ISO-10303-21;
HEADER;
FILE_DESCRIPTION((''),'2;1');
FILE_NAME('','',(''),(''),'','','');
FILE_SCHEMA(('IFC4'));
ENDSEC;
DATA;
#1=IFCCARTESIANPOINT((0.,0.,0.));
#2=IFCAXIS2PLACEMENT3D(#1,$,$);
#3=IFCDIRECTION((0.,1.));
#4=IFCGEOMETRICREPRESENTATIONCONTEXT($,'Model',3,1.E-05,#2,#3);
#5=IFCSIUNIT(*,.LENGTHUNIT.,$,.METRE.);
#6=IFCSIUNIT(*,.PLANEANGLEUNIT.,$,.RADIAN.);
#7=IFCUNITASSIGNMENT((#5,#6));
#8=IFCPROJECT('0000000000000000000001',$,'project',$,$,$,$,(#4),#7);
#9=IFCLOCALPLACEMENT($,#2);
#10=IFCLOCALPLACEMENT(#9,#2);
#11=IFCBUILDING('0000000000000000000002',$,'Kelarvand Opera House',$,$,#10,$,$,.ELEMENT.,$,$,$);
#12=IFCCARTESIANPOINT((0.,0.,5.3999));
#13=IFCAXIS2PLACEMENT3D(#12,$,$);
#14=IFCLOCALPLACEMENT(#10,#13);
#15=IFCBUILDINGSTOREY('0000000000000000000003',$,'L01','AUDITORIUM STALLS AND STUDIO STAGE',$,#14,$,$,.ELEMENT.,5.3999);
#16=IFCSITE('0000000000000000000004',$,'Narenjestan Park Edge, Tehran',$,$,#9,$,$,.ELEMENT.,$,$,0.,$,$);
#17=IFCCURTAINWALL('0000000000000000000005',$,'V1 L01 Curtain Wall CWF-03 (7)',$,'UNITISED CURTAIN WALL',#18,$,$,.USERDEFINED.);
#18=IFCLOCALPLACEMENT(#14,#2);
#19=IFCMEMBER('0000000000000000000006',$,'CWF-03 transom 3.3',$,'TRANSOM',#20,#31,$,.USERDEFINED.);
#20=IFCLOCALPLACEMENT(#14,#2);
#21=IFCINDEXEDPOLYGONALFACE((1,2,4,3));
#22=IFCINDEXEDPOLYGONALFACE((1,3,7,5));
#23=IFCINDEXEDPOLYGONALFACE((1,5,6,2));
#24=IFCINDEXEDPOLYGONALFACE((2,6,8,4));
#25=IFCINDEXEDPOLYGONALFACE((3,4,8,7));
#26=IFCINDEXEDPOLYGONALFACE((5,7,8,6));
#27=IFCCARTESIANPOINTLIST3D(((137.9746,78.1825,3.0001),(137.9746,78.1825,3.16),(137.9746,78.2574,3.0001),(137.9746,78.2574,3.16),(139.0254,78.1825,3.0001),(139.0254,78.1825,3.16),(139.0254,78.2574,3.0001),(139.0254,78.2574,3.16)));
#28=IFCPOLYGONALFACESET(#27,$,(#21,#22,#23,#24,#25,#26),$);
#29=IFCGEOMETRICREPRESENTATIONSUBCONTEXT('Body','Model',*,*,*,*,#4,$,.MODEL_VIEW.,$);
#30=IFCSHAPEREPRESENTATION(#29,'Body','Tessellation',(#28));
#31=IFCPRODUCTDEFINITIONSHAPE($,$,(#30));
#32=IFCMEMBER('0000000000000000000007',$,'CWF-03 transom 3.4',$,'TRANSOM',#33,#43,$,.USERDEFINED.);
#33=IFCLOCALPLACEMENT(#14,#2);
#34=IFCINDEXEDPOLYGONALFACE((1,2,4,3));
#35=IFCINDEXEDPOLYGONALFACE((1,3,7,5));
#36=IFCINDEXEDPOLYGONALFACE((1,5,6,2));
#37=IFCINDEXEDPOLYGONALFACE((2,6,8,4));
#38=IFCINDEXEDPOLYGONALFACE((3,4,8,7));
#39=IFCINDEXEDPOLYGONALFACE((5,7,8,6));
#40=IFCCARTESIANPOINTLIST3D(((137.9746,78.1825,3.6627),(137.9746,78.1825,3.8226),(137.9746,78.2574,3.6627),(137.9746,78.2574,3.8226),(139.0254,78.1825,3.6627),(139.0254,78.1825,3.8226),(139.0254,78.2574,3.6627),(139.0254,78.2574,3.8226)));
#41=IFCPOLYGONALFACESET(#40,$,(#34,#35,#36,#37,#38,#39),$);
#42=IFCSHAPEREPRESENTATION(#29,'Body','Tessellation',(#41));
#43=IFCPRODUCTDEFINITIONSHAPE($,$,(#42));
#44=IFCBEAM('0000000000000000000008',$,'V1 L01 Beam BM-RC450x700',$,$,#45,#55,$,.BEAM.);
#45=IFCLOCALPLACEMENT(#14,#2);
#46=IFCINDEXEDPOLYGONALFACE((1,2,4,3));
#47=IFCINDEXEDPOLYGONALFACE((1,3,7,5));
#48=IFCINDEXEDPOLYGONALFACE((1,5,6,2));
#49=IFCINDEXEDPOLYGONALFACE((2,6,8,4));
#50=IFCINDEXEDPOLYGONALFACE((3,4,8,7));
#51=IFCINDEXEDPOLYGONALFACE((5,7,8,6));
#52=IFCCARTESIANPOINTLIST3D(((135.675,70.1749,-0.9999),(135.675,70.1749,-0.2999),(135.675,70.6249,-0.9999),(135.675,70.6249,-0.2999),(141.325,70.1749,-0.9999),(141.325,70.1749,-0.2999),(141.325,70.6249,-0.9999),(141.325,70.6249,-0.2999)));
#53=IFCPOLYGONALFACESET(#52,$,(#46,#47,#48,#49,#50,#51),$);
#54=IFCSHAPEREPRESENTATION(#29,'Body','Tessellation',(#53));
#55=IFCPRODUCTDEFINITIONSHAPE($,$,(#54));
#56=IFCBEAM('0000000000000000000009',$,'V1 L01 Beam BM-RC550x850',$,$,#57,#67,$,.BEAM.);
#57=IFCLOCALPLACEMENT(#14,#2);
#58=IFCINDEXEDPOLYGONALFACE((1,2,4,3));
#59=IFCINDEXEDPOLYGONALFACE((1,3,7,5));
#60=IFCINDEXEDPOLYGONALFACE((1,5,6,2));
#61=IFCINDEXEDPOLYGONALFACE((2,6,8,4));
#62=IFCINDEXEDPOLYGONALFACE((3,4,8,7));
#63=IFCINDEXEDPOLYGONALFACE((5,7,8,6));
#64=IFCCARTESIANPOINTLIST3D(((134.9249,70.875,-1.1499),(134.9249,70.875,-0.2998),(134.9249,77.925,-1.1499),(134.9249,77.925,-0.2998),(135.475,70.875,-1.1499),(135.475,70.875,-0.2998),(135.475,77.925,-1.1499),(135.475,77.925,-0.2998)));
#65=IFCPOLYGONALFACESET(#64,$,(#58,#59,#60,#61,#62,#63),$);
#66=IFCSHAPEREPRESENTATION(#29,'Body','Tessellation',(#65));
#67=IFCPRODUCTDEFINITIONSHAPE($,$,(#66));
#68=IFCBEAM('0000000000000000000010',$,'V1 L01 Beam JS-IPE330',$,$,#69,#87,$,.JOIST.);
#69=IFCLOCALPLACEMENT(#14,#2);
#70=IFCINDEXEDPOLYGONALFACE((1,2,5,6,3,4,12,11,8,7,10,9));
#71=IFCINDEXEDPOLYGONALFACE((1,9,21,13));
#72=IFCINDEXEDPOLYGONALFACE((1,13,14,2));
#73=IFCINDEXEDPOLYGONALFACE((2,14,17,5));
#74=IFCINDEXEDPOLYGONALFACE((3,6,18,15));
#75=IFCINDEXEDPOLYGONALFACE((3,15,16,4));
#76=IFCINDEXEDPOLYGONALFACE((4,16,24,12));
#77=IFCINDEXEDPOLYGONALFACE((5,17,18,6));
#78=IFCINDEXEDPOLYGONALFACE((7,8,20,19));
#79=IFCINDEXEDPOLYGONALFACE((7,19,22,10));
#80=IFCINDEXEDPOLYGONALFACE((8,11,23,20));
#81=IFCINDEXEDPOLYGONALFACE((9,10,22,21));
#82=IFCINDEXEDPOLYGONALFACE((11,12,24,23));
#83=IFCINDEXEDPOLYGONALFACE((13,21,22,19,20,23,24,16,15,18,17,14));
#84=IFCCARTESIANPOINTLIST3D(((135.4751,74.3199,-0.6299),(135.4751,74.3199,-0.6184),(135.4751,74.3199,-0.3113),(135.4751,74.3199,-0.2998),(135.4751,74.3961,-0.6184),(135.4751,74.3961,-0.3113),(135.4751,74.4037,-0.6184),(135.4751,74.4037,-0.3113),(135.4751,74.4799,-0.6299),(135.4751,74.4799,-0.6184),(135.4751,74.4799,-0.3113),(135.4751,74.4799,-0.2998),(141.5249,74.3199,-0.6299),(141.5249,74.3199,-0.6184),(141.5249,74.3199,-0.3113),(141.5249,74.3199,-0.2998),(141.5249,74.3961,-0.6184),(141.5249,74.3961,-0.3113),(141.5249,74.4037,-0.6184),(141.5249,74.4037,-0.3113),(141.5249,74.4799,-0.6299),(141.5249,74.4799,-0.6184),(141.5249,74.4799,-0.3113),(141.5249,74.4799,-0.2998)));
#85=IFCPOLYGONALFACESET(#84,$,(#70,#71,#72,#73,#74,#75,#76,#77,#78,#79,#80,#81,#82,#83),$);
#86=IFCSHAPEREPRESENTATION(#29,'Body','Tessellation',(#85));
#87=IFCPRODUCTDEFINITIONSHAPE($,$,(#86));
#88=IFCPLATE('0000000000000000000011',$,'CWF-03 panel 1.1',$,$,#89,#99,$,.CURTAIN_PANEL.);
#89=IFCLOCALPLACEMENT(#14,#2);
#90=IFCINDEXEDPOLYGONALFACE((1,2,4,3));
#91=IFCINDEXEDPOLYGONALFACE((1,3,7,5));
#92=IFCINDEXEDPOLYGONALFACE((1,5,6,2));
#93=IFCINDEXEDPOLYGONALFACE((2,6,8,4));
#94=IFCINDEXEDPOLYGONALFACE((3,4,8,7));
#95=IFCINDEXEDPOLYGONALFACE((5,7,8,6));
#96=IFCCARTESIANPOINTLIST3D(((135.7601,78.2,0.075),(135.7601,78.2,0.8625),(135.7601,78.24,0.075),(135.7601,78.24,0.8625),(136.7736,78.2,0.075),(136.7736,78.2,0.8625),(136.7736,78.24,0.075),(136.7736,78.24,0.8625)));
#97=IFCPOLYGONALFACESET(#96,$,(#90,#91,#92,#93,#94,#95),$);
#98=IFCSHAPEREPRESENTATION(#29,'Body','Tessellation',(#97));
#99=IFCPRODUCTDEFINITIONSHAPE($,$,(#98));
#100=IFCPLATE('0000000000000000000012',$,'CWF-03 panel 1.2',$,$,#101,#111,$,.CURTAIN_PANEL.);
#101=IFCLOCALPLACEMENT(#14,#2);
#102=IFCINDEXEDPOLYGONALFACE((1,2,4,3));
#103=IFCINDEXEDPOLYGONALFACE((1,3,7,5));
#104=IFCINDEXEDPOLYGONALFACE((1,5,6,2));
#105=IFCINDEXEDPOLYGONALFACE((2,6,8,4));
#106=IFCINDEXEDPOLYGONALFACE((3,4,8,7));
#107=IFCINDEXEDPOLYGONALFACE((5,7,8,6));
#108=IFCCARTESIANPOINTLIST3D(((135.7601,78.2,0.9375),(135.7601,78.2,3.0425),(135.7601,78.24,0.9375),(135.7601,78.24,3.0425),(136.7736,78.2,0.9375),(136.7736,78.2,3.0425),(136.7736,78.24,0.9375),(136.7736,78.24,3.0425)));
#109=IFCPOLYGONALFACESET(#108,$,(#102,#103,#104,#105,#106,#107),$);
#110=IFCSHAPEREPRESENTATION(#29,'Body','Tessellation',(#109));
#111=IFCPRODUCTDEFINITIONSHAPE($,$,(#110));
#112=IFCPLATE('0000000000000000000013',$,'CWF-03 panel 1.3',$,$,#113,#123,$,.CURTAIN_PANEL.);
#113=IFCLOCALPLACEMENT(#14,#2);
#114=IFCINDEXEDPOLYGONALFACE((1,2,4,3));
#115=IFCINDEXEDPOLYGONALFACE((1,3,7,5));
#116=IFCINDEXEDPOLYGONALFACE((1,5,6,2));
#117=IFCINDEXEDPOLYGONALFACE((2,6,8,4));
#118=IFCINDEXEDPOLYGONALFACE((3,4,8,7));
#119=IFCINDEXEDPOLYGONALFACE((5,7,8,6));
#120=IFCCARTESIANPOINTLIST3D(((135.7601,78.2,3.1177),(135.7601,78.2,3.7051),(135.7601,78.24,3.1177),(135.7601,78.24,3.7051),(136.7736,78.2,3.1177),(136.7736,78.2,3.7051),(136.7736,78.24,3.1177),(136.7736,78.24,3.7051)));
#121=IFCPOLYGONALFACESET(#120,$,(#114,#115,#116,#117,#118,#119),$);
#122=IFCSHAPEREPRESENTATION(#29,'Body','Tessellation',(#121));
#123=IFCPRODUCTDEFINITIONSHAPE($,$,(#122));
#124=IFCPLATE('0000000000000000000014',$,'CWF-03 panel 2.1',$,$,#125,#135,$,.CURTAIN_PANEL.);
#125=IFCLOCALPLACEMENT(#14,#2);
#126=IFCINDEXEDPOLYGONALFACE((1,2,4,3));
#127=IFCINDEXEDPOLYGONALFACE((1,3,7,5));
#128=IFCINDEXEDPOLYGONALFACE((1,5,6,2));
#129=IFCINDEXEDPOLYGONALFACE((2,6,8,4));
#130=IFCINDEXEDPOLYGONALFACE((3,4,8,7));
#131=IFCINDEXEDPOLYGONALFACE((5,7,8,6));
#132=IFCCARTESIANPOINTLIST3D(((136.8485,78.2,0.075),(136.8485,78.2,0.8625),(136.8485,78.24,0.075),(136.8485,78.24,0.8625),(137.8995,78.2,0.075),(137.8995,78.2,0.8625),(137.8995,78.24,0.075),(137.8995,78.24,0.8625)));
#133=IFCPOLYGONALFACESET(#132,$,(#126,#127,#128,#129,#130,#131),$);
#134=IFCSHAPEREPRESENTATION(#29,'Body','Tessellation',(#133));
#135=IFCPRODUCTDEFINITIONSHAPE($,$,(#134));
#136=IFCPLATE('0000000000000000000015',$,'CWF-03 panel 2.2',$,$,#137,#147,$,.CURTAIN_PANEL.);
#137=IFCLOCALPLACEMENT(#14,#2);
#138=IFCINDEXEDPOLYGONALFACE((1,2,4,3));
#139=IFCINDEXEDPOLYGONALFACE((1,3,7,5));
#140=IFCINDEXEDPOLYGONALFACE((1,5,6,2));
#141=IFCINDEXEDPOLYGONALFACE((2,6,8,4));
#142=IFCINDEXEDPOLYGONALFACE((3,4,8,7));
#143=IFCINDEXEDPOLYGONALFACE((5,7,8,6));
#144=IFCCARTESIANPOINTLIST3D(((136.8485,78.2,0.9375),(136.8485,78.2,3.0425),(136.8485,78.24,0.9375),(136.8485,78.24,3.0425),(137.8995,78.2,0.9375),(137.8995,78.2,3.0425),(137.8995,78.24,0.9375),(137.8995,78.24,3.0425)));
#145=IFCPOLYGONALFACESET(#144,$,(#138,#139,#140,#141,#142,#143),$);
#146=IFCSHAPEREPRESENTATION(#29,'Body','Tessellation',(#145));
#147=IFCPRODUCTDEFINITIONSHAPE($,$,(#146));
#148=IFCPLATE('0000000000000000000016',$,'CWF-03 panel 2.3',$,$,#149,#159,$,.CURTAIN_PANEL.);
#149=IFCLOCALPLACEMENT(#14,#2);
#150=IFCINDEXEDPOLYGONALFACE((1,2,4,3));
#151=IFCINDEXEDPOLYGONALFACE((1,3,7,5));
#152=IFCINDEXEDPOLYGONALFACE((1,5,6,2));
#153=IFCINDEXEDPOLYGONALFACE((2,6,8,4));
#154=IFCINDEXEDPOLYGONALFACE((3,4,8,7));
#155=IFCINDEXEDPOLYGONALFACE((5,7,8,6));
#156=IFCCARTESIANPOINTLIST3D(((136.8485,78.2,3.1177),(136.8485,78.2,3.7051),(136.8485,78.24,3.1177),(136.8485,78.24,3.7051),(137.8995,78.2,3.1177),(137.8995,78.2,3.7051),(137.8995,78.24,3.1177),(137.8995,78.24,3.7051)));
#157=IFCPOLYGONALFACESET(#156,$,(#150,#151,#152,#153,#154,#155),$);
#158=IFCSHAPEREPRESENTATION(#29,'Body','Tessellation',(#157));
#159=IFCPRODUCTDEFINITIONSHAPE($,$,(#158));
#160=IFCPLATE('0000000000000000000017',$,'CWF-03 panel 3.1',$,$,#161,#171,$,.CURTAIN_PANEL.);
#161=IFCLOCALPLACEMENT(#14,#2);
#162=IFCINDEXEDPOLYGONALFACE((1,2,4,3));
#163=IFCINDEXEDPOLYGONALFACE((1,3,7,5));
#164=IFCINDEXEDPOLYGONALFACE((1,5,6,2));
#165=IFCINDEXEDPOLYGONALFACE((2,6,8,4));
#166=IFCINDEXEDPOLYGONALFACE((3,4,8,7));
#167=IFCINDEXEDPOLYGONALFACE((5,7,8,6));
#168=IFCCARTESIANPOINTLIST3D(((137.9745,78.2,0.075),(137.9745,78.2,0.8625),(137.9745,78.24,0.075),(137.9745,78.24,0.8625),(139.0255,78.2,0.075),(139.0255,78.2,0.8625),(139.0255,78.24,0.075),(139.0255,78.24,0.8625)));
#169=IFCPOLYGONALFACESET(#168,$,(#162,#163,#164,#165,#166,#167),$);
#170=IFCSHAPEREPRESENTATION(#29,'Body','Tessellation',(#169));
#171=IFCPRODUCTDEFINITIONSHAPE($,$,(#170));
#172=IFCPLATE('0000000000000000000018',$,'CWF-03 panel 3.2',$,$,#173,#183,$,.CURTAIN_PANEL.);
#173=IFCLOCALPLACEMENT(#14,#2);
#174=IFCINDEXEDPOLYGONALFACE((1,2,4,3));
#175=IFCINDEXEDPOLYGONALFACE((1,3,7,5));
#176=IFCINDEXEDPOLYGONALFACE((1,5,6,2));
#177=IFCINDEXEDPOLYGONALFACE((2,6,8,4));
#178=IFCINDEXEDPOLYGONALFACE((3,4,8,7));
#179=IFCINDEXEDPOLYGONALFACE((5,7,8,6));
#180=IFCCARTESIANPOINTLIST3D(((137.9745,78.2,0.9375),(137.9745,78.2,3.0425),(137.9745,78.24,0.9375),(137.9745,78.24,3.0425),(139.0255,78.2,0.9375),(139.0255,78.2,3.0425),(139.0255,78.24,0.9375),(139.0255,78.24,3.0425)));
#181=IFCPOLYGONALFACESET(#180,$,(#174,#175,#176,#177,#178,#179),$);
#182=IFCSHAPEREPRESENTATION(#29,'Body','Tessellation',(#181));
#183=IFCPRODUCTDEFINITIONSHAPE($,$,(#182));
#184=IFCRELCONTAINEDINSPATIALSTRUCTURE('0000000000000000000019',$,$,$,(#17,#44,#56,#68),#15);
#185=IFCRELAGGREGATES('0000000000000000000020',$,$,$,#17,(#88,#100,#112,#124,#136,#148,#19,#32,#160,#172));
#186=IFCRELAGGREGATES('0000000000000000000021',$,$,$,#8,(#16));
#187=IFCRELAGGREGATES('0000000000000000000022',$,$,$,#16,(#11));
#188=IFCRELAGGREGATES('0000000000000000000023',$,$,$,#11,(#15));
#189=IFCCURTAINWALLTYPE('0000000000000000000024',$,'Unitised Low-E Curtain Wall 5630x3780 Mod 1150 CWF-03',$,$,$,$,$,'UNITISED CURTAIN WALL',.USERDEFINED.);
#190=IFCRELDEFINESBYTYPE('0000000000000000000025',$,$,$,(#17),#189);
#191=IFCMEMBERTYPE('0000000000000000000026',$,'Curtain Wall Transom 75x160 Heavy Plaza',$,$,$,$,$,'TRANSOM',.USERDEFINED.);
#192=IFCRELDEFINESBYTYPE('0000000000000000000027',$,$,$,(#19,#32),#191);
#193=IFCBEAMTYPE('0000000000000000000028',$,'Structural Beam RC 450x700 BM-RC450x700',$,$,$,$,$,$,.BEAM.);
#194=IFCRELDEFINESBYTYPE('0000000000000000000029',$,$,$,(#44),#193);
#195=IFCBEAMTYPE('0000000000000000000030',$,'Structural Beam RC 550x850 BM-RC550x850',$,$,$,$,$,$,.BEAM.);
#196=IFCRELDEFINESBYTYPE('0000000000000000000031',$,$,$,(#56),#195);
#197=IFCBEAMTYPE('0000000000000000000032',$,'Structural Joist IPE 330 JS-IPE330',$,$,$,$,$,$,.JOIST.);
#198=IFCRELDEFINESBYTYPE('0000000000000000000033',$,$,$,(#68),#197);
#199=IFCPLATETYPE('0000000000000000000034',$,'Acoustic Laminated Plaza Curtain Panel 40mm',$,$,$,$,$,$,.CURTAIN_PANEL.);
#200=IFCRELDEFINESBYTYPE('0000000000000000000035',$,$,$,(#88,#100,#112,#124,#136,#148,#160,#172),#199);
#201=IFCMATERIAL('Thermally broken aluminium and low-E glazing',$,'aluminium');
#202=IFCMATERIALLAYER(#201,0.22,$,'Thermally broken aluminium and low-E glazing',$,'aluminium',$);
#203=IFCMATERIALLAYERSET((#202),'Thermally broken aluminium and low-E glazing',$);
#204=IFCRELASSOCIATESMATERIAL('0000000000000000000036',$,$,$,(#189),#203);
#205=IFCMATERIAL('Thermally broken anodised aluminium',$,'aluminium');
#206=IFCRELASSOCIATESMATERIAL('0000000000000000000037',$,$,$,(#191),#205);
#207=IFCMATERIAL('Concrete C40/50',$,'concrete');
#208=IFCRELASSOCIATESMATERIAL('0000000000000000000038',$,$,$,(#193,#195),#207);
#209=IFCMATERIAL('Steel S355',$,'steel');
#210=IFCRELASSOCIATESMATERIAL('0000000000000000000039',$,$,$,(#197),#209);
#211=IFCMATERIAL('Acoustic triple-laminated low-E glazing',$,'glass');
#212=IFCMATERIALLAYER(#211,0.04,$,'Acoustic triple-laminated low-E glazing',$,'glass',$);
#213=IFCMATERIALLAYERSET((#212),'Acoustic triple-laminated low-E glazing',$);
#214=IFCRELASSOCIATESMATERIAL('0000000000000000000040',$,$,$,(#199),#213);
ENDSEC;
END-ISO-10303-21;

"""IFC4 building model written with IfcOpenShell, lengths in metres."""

from ifc_helpers import new_model, si_unit, direction, frame, origin, origin_2d, place, context, subcontext, project, spatial, rectangle, i_section, extrude, material, layer, layer_set, material_profile, profile_set, type_object, element, aggregate, save


model = new_model("IFC4")

# Units and contexts
model_context = context("Model", 3, precision=1e-05, world=origin(), true_north=direction((0.0, 1.0)))
body_context = subcontext(model_context, "Body", "Model", "MODEL_VIEW")
ifc_project = project(units=[si_unit("LENGTHUNIT", "METRE"), si_unit("PLANEANGLEUNIT", "RADIAN")], contexts=[model_context])

# Site, building, storey
site_placement = place(None, origin())
site = spatial("IfcSite", under=ifc_project, at=site_placement, Name="Narenjestan Park Edge, Tehran", CompositionType="ELEMENT", RefElevation=0.0)
building_placement = place(site_placement, origin())
building = spatial("IfcBuilding", under=site, at=building_placement, Name="Kelarvand Opera House", CompositionType="ELEMENT")
storey_placement = place(building_placement, frame((0.0, 0.0, 5.3999)))
storey = spatial("IfcBuildingStorey", under=building, at=storey_placement, Name="L01", Description="AUDITORIUM STALLS AND STUDIO STAGE", CompositionType="ELEMENT", Elevation=5.3999)

# Shared definitions
ifc_material_1 = material(Name="Concrete C40/50", Category="concrete")

# Curtain wall, members
ifc_material_2 = material(Name="Thermally broken aluminium and low-E glazing", Category="aluminium")
ifc_layer_1 = layer(ifc_material_2, 0.22, Name="Thermally broken aluminium and low-E glazing", Category="aluminium")
ifc_layer_set_1 = layer_set([ifc_layer_1], Name="Thermally broken aluminium and low-E glazing")
curtain_wall_type = type_object("IfcCurtainWallType", Name="Unitised Low-E Curtain Wall 5630x3780 Mod 1150 CWF-03", ElementType="UNITISED CURTAIN WALL", PredefinedType="USERDEFINED", material=ifc_layer_set_1)
curtain_wall_placement = place(storey_placement, origin())
curtain_wall = element("IfcCurtainWall", 1, at=curtain_wall_placement, inside=storey, type_object=curtain_wall_type, Name="V1 L01 Curtain Wall CWF-03 (7)", ObjectType="UNITISED CURTAIN WALL", PredefinedType="USERDEFINED")
ifc_material_3 = material(Name="Thermally broken anodised aluminium", Category="aluminium")
ifc_material_profile_1 = material_profile(ifc_material_3, rectangle(XDim=0.075, YDim=0.1599, at=origin_2d()), Name="ALU TRANSOM 75x160", Category="aluminium")
ifc_profile_set_1 = profile_set([ifc_material_profile_1], Name="Thermally broken anodised aluminium")
member_type_1 = type_object("IfcMemberType", Name="Curtain Wall Transom 75x160 Heavy Plaza", ElementType="TRANSOM", PredefinedType="USERDEFINED", material=ifc_profile_set_1)
member_1_placement = place(storey_placement, frame((137.9746, 78.22, 3.0801), z_axis=(1.0, 0.0, 0.0), x_axis=(0.0, 1.0, 0.0)))
member_1 = element("IfcMember", 2, at=member_1_placement, type_object=member_type_1, Name="CWF-03 transom 3.3", ObjectType="TRANSOM", PredefinedType="USERDEFINED", context=body_context, shape_type="SweptSolid", body=[
    extrude(rectangle(XDim=0.075, YDim=0.1599, at=origin_2d()), origin(), (0.0, 0.0, 1.0), 1.0508),
])
member_2_placement = place(storey_placement, frame((137.9746, 78.22, 3.7427), z_axis=(1.0, 0.0, 0.0), x_axis=(0.0, 1.0, 0.0)))
member_2 = element("IfcMember", 3, at=member_2_placement, type_object=member_type_1, Name="CWF-03 transom 3.4", ObjectType="TRANSOM", PredefinedType="USERDEFINED", context=body_context, shape_type="SweptSolid", body=[
    extrude(rectangle(XDim=0.075, YDim=0.1599, at=origin_2d()), origin(), (0.0, 0.0, 1.0), 1.0508),
])

# Beams
ifc_material_profile_2 = material_profile(ifc_material_1, rectangle(XDim=0.45, YDim=0.7, at=origin_2d()), Name="RC 450x700", Category="concrete")
ifc_profile_set_2 = profile_set([ifc_material_profile_2], Name="Concrete C40/50")
beam_type_1 = type_object("IfcBeamType", Name="Structural Beam RC 450x700 BM-RC450x700", PredefinedType="BEAM", material=ifc_profile_set_2)
beam_1_placement = place(storey_placement, frame((135.675, 70.3999, -0.6499), z_axis=(1.0, 0.0, 0.0), x_axis=(0.0, 1.0, 0.0)))
element("IfcBeam", 4, at=beam_1_placement, inside=storey, type_object=beam_type_1, Name="V1 L01 Beam BM-RC450x700", PredefinedType="BEAM", context=body_context, shape_type="SweptSolid", body=[
    extrude(rectangle(XDim=0.45, YDim=0.7, at=origin_2d()), origin(), (0.0, 0.0, 1.0), 5.6499),
])
ifc_material_profile_3 = material_profile(ifc_material_1, rectangle(XDim=0.55, YDim=0.8501, at=origin_2d()), Name="RC 550x850", Category="concrete")
ifc_profile_set_3 = profile_set([ifc_material_profile_3], Name="Concrete C40/50")
beam_type_2 = type_object("IfcBeamType", Name="Structural Beam RC 550x850 BM-RC550x850", PredefinedType="BEAM", material=ifc_profile_set_3)
beam_2_placement = place(storey_placement, frame((135.2, 70.875, -0.7249), z_axis=(0.0, 1.0, 0.0), x_axis=(-1.0, 0.0, 0.0)))
element("IfcBeam", 5, at=beam_2_placement, inside=storey, type_object=beam_type_2, Name="V1 L01 Beam BM-RC550x850", PredefinedType="BEAM", context=body_context, shape_type="SweptSolid", body=[
    extrude(rectangle(XDim=0.55, YDim=0.8501, at=origin_2d()), origin(), (0.0, 0.0, 1.0), 7.05),
])
ifc_material_4 = material(Name="Steel S355", Category="steel")
ifc_material_profile_4 = material_profile(ifc_material_4, i_section(OverallWidth=0.1599, OverallDepth=0.3301, WebThickness=0.0076, FlangeThickness=0.0115, at=origin_2d()), Name="IPE 330", Category="steel")
ifc_profile_set_4 = profile_set([ifc_material_profile_4], Name="Steel S355")
beam_type_3 = type_object("IfcBeamType", Name="Structural Joist IPE 330 JS-IPE330", PredefinedType="JOIST", material=ifc_profile_set_4)
beam_3_placement = place(storey_placement, frame((135.4751, 74.3999, -0.4648), z_axis=(1.0, 0.0, 0.0), x_axis=(0.0, 1.0, 0.0)))
element("IfcBeam", 6, at=beam_3_placement, inside=storey, type_object=beam_type_3, Name="V1 L01 Beam JS-IPE330", PredefinedType="JOIST", context=body_context, shape_type="SweptSolid", body=[
    extrude(i_section(OverallWidth=0.1599, OverallDepth=0.3301, WebThickness=0.0076, FlangeThickness=0.0115, at=origin_2d()), origin(), (0.0, 0.0, 1.0), 6.0498),
])

# Plates
ifc_material_5 = material(Name="Acoustic triple-laminated low-E glazing", Category="glass")
ifc_layer_2 = layer(ifc_material_5, 0.04, Name="Acoustic triple-laminated low-E glazing", Category="glass")
ifc_layer_set_2 = layer_set([ifc_layer_2], Name="Acoustic triple-laminated low-E glazing")
plate_type = type_object("IfcPlateType", Name="Acoustic Laminated Plaza Curtain Panel 40mm", PredefinedType="CURTAIN_PANEL", material=ifc_layer_set_2)
plate_1_placement = place(storey_placement, frame((136.2668, 78.22, 0.075), z_axis=(0.0, 0.0, 1.0), x_axis=(1.0, 0.0, 0.0)))
plate_1 = element("IfcPlate", 7, at=plate_1_placement, type_object=plate_type, Name="CWF-03 panel 1.1", PredefinedType="CURTAIN_PANEL", context=body_context, shape_type="SweptSolid", body=[
    extrude(rectangle(XDim=1.0134, YDim=0.04, at=origin_2d()), origin(), (0.0, 0.0, 1.0), 0.7876),
])
plate_2_placement = place(storey_placement, frame((136.2668, 78.22, 0.9375), z_axis=(0.0, 0.0, 1.0), x_axis=(1.0, 0.0, 0.0)))
plate_2 = element("IfcPlate", 8, at=plate_2_placement, type_object=plate_type, Name="CWF-03 panel 1.2", PredefinedType="CURTAIN_PANEL", context=body_context, shape_type="SweptSolid", body=[
    extrude(rectangle(XDim=1.0134, YDim=0.04, at=origin_2d()), origin(), (0.0, 0.0, 1.0), 2.105),
])
plate_3_placement = place(storey_placement, frame((136.2668, 78.22, 3.1177), z_axis=(0.0, 0.0, 1.0), x_axis=(1.0, 0.0, 0.0)))
plate_3 = element("IfcPlate", 9, at=plate_3_placement, type_object=plate_type, Name="CWF-03 panel 1.3", PredefinedType="CURTAIN_PANEL", context=body_context, shape_type="SweptSolid", body=[
    extrude(rectangle(XDim=1.0134, YDim=0.04, at=origin_2d()), origin(), (0.0, 0.0, 1.0), 0.5874),
])
plate_4_placement = place(storey_placement, frame((137.374, 78.22, 0.075), z_axis=(0.0, 0.0, 1.0), x_axis=(1.0, 0.0, 0.0)))
plate_4 = element("IfcPlate", 10, at=plate_4_placement, type_object=plate_type, Name="CWF-03 panel 2.1", PredefinedType="CURTAIN_PANEL", context=body_context, shape_type="SweptSolid", body=[
    extrude(rectangle(XDim=1.051, YDim=0.04, at=origin_2d()), origin(), (0.0, 0.0, 1.0), 0.7876),
])
plate_5_placement = place(storey_placement, frame((137.374, 78.22, 0.9375), z_axis=(0.0, 0.0, 1.0), x_axis=(1.0, 0.0, 0.0)))
plate_5 = element("IfcPlate", 11, at=plate_5_placement, type_object=plate_type, Name="CWF-03 panel 2.2", PredefinedType="CURTAIN_PANEL", context=body_context, shape_type="SweptSolid", body=[
    extrude(rectangle(XDim=1.051, YDim=0.04, at=origin_2d()), origin(), (0.0, 0.0, 1.0), 2.105),
])
plate_6_placement = place(storey_placement, frame((137.374, 78.22, 3.1177), z_axis=(0.0, 0.0, 1.0), x_axis=(1.0, 0.0, 0.0)))
plate_6 = element("IfcPlate", 12, at=plate_6_placement, type_object=plate_type, Name="CWF-03 panel 2.3", PredefinedType="CURTAIN_PANEL", context=body_context, shape_type="SweptSolid", body=[
    extrude(rectangle(XDim=1.051, YDim=0.04, at=origin_2d()), origin(), (0.0, 0.0, 1.0), 0.5874),
])
plate_7_placement = place(storey_placement, frame((138.5, 78.22, 0.075), z_axis=(0.0, 0.0, 1.0), x_axis=(1.0, 0.0, 0.0)))
plate_7 = element("IfcPlate", 13, at=plate_7_placement, type_object=plate_type, Name="CWF-03 panel 3.1", PredefinedType="CURTAIN_PANEL", context=body_context, shape_type="SweptSolid", body=[
    extrude(rectangle(XDim=1.051, YDim=0.04, at=origin_2d()), origin(), (0.0, 0.0, 1.0), 0.7876),
])
plate_8_placement = place(storey_placement, frame((138.5, 78.22, 0.9375), z_axis=(0.0, 0.0, 1.0), x_axis=(1.0, 0.0, 0.0)))
plate_8 = element("IfcPlate", 14, at=plate_8_placement, type_object=plate_type, Name="CWF-03 panel 3.2", PredefinedType="CURTAIN_PANEL", context=body_context, shape_type="SweptSolid", body=[
    extrude(rectangle(XDim=1.051, YDim=0.04, at=origin_2d()), origin(), (0.0, 0.0, 1.0), 2.105),
])
aggregate(curtain_wall, [plate_1, plate_2, plate_3, plate_4, plate_5, plate_6, member_1, member_2, plate_7, plate_8])

save(model, "model.ifc")
